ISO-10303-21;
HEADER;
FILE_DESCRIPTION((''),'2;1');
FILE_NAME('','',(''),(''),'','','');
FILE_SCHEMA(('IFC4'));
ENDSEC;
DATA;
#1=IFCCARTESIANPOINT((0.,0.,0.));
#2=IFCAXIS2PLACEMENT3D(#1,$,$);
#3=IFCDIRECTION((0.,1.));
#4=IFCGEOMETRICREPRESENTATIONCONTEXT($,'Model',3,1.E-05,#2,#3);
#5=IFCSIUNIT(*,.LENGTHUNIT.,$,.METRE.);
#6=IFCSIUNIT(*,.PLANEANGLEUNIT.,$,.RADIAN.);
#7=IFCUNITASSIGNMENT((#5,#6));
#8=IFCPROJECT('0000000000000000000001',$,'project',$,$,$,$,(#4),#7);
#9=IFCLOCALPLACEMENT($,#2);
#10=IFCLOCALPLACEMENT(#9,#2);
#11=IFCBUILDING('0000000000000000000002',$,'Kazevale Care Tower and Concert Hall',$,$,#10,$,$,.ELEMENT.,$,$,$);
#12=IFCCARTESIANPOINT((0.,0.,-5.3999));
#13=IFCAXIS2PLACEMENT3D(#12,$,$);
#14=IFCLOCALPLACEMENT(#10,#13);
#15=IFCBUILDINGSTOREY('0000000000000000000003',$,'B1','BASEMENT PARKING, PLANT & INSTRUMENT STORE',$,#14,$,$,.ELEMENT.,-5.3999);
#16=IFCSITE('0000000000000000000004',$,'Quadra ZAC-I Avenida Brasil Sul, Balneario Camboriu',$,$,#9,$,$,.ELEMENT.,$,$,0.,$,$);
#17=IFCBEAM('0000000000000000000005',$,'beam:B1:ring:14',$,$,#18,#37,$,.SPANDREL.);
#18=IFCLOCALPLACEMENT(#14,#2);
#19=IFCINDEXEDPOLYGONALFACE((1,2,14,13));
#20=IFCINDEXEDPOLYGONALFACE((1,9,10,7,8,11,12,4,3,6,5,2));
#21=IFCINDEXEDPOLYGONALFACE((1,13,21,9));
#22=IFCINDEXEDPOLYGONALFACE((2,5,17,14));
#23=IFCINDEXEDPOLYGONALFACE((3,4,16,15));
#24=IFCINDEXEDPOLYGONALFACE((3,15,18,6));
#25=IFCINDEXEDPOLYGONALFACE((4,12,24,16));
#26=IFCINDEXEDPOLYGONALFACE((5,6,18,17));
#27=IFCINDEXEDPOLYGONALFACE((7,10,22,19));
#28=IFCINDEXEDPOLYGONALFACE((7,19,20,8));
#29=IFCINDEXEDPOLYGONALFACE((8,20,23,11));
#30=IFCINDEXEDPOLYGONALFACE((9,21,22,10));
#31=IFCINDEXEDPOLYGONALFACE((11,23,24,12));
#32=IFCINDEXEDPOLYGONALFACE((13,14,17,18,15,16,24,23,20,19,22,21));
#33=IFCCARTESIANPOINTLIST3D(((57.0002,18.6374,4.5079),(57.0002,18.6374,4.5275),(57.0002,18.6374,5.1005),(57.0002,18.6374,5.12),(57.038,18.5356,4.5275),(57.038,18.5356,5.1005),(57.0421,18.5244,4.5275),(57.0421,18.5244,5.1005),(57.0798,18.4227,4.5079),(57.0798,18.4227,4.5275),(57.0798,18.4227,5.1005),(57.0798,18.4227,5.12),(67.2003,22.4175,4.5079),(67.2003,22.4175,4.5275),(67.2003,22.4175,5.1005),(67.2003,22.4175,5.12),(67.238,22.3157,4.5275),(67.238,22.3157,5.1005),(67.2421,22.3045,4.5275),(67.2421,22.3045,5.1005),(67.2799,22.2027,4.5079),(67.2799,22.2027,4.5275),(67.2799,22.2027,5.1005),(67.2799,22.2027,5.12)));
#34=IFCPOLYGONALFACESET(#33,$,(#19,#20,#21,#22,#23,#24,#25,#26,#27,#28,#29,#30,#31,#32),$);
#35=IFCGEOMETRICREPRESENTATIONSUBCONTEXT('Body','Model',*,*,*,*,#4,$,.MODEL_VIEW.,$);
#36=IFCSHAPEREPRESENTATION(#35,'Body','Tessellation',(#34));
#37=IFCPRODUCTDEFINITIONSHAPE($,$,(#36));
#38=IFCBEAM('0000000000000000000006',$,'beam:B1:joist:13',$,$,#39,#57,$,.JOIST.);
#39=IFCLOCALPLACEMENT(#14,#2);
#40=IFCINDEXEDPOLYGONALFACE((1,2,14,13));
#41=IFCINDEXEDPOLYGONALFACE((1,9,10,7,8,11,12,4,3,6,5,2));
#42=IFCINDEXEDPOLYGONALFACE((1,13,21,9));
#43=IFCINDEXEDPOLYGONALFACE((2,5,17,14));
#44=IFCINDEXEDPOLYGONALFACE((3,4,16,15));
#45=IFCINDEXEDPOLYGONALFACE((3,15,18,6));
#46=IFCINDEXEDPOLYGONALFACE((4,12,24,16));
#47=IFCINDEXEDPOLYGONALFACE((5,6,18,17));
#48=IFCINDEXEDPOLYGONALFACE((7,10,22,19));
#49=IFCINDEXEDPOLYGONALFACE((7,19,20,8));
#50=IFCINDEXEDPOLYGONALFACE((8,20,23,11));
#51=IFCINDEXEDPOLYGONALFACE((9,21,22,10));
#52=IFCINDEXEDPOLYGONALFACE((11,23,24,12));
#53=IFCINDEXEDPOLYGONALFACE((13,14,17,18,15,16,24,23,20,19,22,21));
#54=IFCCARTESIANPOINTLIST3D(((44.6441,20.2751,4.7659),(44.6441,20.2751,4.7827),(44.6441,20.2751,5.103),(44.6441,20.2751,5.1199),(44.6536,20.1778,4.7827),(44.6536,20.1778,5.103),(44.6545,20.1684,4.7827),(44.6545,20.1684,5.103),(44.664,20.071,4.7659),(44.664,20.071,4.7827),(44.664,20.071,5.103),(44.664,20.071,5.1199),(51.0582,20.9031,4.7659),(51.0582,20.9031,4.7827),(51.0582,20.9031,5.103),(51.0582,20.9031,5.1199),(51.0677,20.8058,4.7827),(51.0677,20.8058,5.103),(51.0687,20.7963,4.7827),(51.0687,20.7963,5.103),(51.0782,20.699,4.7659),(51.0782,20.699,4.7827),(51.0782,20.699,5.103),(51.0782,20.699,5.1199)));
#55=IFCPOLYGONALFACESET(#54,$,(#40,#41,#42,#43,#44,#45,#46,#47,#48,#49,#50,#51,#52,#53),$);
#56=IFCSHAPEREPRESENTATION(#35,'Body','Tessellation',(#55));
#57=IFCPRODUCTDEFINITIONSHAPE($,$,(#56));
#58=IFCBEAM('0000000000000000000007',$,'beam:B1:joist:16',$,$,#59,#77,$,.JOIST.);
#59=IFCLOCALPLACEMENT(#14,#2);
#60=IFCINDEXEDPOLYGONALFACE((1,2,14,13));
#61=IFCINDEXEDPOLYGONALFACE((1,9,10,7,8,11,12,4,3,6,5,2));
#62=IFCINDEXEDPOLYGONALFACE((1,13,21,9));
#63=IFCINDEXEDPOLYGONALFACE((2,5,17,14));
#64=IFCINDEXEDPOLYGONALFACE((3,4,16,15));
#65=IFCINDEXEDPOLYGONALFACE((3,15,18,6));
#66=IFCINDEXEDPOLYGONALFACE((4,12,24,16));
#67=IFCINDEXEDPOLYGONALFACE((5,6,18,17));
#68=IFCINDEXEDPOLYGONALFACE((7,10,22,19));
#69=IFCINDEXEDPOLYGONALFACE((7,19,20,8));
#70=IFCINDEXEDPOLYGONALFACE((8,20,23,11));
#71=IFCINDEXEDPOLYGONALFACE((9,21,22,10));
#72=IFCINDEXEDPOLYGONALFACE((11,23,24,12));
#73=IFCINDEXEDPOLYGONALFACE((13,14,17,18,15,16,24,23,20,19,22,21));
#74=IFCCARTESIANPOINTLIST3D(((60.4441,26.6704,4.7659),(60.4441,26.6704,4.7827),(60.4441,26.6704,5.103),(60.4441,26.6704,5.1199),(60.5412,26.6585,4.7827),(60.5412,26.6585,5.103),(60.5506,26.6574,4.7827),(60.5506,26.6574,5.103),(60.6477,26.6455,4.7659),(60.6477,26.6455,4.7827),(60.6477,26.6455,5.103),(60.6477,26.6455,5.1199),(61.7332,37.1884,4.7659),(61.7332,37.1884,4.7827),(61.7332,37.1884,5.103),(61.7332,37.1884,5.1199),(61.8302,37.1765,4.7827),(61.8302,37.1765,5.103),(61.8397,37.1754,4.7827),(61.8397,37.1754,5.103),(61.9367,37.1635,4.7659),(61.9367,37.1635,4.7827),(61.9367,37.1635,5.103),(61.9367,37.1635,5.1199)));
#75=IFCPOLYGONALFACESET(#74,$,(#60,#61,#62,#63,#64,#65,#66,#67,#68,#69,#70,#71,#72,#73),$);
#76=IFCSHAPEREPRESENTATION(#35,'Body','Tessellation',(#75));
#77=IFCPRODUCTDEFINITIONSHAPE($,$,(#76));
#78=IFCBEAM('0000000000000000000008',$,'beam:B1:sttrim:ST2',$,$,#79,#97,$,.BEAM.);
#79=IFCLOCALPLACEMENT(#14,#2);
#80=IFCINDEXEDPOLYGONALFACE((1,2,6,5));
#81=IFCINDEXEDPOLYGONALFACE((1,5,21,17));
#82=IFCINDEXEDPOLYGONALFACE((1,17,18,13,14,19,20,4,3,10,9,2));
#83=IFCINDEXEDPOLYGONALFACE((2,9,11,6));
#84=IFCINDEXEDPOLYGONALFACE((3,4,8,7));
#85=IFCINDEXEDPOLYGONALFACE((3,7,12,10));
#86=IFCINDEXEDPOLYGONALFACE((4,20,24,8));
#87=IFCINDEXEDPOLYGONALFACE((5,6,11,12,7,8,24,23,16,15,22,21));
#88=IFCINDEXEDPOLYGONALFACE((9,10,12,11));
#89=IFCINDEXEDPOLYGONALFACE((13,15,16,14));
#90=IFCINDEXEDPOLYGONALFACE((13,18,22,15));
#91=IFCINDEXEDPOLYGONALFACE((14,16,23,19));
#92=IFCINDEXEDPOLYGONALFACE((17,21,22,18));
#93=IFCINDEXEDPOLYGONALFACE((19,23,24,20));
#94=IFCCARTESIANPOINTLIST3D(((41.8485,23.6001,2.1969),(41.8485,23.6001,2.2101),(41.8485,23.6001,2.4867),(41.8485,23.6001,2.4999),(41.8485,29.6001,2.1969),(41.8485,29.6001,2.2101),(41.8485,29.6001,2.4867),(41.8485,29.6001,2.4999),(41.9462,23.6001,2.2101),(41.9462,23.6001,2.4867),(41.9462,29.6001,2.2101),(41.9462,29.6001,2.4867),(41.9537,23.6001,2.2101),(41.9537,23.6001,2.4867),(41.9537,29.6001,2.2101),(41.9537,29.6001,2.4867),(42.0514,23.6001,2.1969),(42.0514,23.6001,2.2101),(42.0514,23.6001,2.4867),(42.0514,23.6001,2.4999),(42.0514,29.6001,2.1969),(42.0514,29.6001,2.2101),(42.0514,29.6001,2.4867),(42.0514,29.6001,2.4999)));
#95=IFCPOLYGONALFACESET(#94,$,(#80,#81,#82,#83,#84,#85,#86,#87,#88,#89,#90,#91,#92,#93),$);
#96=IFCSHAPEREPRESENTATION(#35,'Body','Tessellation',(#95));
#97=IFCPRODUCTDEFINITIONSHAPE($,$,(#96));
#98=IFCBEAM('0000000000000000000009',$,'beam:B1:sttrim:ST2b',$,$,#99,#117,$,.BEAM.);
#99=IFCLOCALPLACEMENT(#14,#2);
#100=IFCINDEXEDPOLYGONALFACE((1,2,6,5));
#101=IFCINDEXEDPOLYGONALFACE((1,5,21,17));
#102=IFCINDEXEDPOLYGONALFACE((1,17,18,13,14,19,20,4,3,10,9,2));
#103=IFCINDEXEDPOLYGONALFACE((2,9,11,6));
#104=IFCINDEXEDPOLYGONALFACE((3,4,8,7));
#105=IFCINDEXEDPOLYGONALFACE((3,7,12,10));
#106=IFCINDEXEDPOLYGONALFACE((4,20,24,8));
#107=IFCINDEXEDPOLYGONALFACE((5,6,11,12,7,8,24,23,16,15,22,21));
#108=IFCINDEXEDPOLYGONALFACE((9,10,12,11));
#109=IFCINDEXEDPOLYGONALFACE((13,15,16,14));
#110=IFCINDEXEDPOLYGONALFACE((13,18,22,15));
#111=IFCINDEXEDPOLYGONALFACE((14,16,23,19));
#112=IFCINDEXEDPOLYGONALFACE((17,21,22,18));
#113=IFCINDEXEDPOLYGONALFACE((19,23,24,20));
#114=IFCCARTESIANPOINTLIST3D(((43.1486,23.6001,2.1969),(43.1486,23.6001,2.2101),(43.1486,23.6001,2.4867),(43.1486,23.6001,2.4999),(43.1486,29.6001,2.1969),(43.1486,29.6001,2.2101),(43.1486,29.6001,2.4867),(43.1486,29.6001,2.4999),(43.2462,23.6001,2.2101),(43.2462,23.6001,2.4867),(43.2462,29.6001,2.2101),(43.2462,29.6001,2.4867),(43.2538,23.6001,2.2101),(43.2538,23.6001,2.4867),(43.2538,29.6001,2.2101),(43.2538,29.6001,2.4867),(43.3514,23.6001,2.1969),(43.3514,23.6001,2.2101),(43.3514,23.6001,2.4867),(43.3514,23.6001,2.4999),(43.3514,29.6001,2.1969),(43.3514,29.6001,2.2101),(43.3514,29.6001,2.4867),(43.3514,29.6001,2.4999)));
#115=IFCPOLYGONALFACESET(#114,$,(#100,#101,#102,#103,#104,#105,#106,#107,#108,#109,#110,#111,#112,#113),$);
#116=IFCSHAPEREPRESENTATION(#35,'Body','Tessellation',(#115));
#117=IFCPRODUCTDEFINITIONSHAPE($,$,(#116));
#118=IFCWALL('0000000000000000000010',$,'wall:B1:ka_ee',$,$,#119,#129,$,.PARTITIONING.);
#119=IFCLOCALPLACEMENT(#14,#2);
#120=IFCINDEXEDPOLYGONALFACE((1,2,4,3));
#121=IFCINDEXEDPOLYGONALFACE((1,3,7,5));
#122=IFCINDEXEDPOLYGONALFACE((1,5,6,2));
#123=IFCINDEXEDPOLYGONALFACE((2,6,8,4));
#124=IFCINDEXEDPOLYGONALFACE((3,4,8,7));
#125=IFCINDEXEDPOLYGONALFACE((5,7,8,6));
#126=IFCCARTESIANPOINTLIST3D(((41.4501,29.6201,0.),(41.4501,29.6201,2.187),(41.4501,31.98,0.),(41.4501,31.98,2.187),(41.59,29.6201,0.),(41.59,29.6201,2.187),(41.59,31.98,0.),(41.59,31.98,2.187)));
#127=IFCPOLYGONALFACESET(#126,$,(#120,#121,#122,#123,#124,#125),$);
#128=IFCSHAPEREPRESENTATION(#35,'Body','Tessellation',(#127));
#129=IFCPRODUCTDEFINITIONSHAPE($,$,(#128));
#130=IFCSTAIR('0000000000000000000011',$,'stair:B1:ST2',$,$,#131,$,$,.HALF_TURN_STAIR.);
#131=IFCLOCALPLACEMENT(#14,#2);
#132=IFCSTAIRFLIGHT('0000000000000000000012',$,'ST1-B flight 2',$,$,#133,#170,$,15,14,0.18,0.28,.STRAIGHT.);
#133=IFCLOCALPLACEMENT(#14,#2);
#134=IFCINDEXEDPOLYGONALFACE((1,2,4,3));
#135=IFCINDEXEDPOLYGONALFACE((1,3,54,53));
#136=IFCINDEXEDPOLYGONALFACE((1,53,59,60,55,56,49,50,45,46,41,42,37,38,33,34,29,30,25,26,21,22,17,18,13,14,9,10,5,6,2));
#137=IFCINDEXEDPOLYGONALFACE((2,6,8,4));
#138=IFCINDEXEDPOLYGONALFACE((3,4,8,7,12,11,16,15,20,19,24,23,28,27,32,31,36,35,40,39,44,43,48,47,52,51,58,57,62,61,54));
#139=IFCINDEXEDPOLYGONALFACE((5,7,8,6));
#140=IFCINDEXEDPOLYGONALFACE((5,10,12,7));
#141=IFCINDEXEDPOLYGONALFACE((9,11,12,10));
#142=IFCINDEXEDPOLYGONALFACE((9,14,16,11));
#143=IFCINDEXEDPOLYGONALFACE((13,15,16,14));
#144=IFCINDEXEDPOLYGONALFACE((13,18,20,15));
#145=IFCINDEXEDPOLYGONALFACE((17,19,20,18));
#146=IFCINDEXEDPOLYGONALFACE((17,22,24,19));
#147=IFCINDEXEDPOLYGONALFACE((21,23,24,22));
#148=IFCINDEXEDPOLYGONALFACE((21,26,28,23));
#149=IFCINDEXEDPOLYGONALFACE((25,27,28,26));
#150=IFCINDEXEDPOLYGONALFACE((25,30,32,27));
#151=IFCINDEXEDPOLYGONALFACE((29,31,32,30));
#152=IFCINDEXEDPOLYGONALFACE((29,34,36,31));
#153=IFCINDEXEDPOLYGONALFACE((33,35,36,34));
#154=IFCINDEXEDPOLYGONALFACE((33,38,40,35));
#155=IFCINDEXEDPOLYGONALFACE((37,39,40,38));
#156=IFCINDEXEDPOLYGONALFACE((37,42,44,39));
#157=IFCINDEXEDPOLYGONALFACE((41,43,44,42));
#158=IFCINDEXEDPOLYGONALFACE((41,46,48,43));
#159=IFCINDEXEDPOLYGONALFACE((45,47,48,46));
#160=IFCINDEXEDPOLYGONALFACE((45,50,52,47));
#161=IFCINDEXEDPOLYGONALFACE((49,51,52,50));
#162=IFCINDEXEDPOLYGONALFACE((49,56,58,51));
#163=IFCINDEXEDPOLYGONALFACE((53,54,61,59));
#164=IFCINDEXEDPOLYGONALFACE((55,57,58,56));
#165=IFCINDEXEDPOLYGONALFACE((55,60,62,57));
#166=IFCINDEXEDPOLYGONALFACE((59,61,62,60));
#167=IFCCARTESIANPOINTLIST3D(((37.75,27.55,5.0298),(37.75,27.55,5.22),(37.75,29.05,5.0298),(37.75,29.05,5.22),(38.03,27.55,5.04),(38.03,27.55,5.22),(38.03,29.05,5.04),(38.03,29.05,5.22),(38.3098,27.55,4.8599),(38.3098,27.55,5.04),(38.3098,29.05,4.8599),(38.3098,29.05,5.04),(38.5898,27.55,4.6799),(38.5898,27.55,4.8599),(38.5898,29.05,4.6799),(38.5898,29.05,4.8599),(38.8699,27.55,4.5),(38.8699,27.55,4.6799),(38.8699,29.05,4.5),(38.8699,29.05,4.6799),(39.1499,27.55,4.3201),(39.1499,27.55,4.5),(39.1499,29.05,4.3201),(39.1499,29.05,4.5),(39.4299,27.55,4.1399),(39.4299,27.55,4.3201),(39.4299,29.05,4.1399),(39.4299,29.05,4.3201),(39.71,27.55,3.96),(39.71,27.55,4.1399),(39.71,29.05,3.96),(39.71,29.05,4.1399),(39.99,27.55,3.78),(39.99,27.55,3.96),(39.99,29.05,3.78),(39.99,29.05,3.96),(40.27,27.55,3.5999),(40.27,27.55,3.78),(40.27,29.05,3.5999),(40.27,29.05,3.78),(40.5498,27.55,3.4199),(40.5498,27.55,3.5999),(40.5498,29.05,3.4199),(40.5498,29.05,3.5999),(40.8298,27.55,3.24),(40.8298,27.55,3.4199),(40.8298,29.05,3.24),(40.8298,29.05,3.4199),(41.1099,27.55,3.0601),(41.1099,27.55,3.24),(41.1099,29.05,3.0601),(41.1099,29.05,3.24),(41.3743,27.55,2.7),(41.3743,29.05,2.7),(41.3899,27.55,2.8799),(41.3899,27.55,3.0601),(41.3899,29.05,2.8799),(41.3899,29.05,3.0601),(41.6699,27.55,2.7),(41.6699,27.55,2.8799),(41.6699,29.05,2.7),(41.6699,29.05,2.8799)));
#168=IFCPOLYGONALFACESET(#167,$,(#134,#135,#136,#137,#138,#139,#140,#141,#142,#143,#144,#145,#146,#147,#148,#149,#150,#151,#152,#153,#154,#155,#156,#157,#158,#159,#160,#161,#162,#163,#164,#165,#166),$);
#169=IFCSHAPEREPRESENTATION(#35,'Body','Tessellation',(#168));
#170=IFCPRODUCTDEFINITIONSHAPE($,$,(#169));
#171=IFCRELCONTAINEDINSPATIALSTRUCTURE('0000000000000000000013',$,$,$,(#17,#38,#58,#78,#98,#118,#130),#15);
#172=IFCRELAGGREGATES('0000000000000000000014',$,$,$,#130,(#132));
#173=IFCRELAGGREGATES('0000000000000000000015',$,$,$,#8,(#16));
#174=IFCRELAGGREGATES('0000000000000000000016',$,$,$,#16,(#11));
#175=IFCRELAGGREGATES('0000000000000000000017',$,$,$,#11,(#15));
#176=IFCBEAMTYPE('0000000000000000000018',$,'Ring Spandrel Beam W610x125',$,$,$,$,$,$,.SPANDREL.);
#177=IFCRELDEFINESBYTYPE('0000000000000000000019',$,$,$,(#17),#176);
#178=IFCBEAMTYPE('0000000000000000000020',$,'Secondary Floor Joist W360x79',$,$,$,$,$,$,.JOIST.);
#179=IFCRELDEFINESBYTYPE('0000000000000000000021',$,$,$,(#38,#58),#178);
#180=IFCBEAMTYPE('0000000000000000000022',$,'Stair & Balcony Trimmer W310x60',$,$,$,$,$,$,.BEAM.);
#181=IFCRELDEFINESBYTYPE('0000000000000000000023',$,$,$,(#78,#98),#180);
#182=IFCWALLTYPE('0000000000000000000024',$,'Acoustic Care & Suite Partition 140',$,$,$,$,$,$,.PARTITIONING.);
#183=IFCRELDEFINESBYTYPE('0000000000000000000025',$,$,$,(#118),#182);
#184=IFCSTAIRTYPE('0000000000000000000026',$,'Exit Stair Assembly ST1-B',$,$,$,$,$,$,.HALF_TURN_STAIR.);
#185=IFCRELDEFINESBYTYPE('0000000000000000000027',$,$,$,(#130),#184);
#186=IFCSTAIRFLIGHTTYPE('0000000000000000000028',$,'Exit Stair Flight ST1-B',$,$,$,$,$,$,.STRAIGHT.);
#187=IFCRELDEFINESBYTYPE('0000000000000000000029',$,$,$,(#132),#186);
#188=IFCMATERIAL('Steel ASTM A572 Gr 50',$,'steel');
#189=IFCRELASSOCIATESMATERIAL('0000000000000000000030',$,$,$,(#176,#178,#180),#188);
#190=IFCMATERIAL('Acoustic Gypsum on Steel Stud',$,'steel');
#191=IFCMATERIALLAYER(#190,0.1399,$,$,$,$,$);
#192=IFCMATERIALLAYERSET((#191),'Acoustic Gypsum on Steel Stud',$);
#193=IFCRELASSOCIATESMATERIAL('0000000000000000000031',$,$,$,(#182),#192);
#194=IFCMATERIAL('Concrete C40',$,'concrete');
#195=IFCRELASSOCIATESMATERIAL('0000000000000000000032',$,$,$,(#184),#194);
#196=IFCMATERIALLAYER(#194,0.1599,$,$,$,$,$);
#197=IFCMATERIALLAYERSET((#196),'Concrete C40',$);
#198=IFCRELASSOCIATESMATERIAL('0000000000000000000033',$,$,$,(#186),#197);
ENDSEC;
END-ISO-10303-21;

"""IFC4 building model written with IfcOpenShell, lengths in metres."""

from ifc_helpers import new_model, si_unit, direction, frame, frame_2d, origin, origin_2d, place, context, subcontext, project, spatial, polyline, rectangle, i_section, outline, extrude, material, layer, layer_set, material_profile, profile_set, type_object, element, aggregate, save


model = new_model("IFC4")

# Units and contexts
model_context = context("Model", 3, precision=1e-05, world=origin(), true_north=direction((0.0, 1.0)))
body_context = subcontext(model_context, "Body", "Model", "MODEL_VIEW")
ifc_project = project(units=[si_unit("LENGTHUNIT", "METRE"), si_unit("PLANEANGLEUNIT", "RADIAN")], contexts=[model_context])

# Site, building, storey
site_placement = place(None, origin())
site = spatial("IfcSite", under=ifc_project, at=site_placement, Name="Quadra ZAC-I Avenida Brasil Sul, Balneario Camboriu", CompositionType="ELEMENT", RefElevation=0.0)
building_placement = place(site_placement, origin())
building = spatial("IfcBuilding", under=site, at=building_placement, Name="Kazevale Care Tower and Concert Hall", CompositionType="ELEMENT")
storey_placement = place(building_placement, frame((0.0, 0.0, -5.3999)))
storey = spatial("IfcBuildingStorey", under=building, at=storey_placement, Name="B1", Description="BASEMENT PARKING, PLANT & INSTRUMENT STORE", CompositionType="ELEMENT", Elevation=-5.3999)

# Beams
ifc_material_1 = material(Name="Steel ASTM A572 Gr 50", Category="steel")
ifc_material_profile_1 = material_profile(ifc_material_1, i_section(OverallWidth=0.229, OverallDepth=0.6121, WebThickness=0.012, FlangeThickness=0.0195, at=origin_2d()), Name="W610x125")
ifc_profile_set_1 = profile_set([ifc_material_profile_1], Name="Steel ASTM A572 Gr 50")
beam_type_1 = type_object("IfcBeamType", Name="Ring Spandrel Beam W610x125", PredefinedType="SPANDREL", material=ifc_profile_set_1)
beam_1_placement = place(storey_placement, frame((57.04, 18.53, 4.814), z_axis=(0.937681, 0.347498, 0.0), x_axis=(-0.347498, 0.937681, 0.0)))
element("IfcBeam", 1, at=beam_1_placement, inside=storey, type_object=beam_type_1, Name="beam:B1:ring:14", PredefinedType="SPANDREL", context=body_context, shape_type="SweptSolid", body=[
    extrude(i_section(OverallWidth=0.229, OverallDepth=0.6121, WebThickness=0.012, FlangeThickness=0.0195, at=origin_2d()), origin(), (0.0, 0.0, 1.0), 10.8779),
])
ifc_material_profile_2 = material_profile(ifc_material_1, i_section(OverallWidth=0.2051, OverallDepth=0.354, WebThickness=0.0095, FlangeThickness=0.0168, at=origin_2d()), Name="W360x79")
ifc_profile_set_2 = profile_set([ifc_material_profile_2], Name="Steel ASTM A572 Gr 50")
beam_type_2 = type_object("IfcBeamType", Name="Secondary Floor Joist W360x79", PredefinedType="JOIST", material=ifc_profile_set_2)
beam_2_placement = place(storey_placement, frame((44.6541, 20.1731, 4.9429), z_axis=(0.995242, 0.097433, 0.0), x_axis=(-0.097433, 0.995242, 0.0)))
element("IfcBeam", 2, at=beam_2_placement, inside=storey, type_object=beam_type_2, Name="beam:B1:joist:13", PredefinedType="JOIST", context=body_context, shape_type="SweptSolid", body=[
    extrude(i_section(OverallWidth=0.2051, OverallDepth=0.354, WebThickness=0.0095, FlangeThickness=0.0168, at=origin_2d()), origin(), (0.0, 0.0, 1.0), 6.4448),
])
beam_3_placement = place(storey_placement, frame((60.5459, 26.658, 4.9429), z_axis=(0.121647, 0.992573, 0.0), x_axis=(-0.992573, 0.121647, 0.0)))
element("IfcBeam", 3, at=beam_3_placement, inside=storey, type_object=beam_type_2, Name="beam:B1:joist:16", PredefinedType="JOIST", context=body_context, shape_type="SweptSolid", body=[
    extrude(i_section(OverallWidth=0.2051, OverallDepth=0.354, WebThickness=0.0095, FlangeThickness=0.0168, at=origin_2d()), origin(), (0.0, 0.0, 1.0), 10.5967),
])
ifc_material_profile_3 = material_profile(ifc_material_1, i_section(OverallWidth=0.2029, OverallDepth=0.303, WebThickness=0.0076, FlangeThickness=0.0132, at=origin_2d()), Name="W310x60")
ifc_profile_set_3 = profile_set([ifc_material_profile_3], Name="Steel ASTM A572 Gr 50")
beam_type_3 = type_object("IfcBeamType", Name="Stair & Balcony Trimmer W310x60", PredefinedType="BEAM", material=ifc_profile_set_3)
for number, where, z_axis, x_axis, name in (
    (4, (41.95, 23.6001, 2.3484), (0.0, 1.0, 0.0), (-1.0, 0.0, 0.0), "beam:B1:sttrim:ST2"),
    (5, (43.25, 23.6001, 2.3484), (0.0, 1.0, 0.0), (-1.0, 0.0, 0.0), "beam:B1:sttrim:ST2b"),
):
    element("IfcBeam", number, at=place(storey_placement, frame(where, z_axis=z_axis, x_axis=x_axis)), inside=storey, type_object=beam_type_3, Name=name, PredefinedType="BEAM", context=body_context, shape_type="SweptSolid", body=[
        extrude(i_section(OverallWidth=0.2029, OverallDepth=0.303, WebThickness=0.0076, FlangeThickness=0.0132, at=origin_2d()), origin(), (0.0, 0.0, 1.0), 6.0),
    ])

# Wall
ifc_material_2 = material(Name="Acoustic Gypsum on Steel Stud", Category="steel")
ifc_layer_1 = layer(ifc_material_2, 0.1399)
ifc_layer_set_1 = layer_set([ifc_layer_1], Name="Acoustic Gypsum on Steel Stud")
wall_type_1 = type_object("IfcWallType", Name="Acoustic Care & Suite Partition 140", PredefinedType="PARTITIONING", material=ifc_layer_set_1)
wall_1_placement = place(storey_placement, frame((41.52, 29.6201, 0.0), z_axis=(0.0, 0.0, 1.0), x_axis=(0.0, 1.0, 0.0)))
element("IfcWall", 6, at=wall_1_placement, inside=storey, type_object=wall_type_1, Name="wall:B1:ka_ee", PredefinedType="PARTITIONING", context=body_context, shape_type="SweptSolid", body=[
    extrude(rectangle(XDim=2.3599, YDim=0.1399, at=frame_2d((1.1799, 0.0))), origin(), (0.0, 0.0, 1.0), 2.187),
])

# Stair, stair flight
ifc_material_3 = material(Name="Concrete C40", Category="concrete")
stair_type = type_object("IfcStairType", Name="Exit Stair Assembly ST1-B", PredefinedType="HALF_TURN_STAIR", material=ifc_material_3)
stair_placement = place(storey_placement, origin())
stair = element("IfcStair", 7, at=stair_placement, inside=storey, type_object=stair_type, Name="stair:B1:ST2", PredefinedType="HALF_TURN_STAIR")
ifc_layer_2 = layer(ifc_material_3, 0.1599)
ifc_layer_set_2 = layer_set([ifc_layer_2], Name="Concrete C40")
stair_flight_type = type_object("IfcStairFlightType", Name="Exit Stair Flight ST1-B", PredefinedType="STRAIGHT", material=ifc_layer_set_2)
stair_flight_placement = place(storey_placement, frame((41.6699, 28.3, 2.7), z_axis=(0.0, 0.0, 1.0), x_axis=(-1.0, 0.0, 0.0)))
stair_flight = element("IfcStairFlight", 8, at=stair_flight_placement, type_object=stair_flight_type, Name="ST1-B flight 2", NumberOfRisers=15, NumberOfTreads=14, PredefinedType="STRAIGHT", RiserHeight=0.18, TreadLength=0.28, context=body_context, shape_type="SweptSolid", body=[
    extrude(outline(polyline([(0.0, 0.0), (0.0, 0.1799), (0.28, 0.1799), (0.28, 0.3601), (0.5601, 0.3601), (0.5601, 0.54), (0.8401, 0.54), (0.8401, 0.72), (1.1201, 0.72), (1.1201, 0.8999), (1.3999, 0.8999), (1.3999, 1.0801), (1.6799, 1.0801), (1.6799, 1.26), (1.96, 1.26), (1.96, 1.4399), (2.24, 1.4399), (2.24, 1.6201), (2.52, 1.6201), (2.52, 1.8), (2.8, 1.8), (2.8, 1.98), (3.0801, 1.98), (3.0801, 2.1599), (3.3601, 2.1599), (3.3601, 2.3401), (3.6399, 2.3401), (3.6399, 2.52), (3.9199, 2.52), (3.9199, 2.7), (3.9199, 2.3298), (0.2957, 0.0), (0.0, 0.0)])), frame((0.0, 0.75, 0.0), z_axis=(0.0, -1.0, 0.0), x_axis=(1.0, 0.0, 0.0)), (0.0, 0.0, 1.0), 1.5),
])
aggregate(stair, [stair_flight])

save(model, "model.ifc")
